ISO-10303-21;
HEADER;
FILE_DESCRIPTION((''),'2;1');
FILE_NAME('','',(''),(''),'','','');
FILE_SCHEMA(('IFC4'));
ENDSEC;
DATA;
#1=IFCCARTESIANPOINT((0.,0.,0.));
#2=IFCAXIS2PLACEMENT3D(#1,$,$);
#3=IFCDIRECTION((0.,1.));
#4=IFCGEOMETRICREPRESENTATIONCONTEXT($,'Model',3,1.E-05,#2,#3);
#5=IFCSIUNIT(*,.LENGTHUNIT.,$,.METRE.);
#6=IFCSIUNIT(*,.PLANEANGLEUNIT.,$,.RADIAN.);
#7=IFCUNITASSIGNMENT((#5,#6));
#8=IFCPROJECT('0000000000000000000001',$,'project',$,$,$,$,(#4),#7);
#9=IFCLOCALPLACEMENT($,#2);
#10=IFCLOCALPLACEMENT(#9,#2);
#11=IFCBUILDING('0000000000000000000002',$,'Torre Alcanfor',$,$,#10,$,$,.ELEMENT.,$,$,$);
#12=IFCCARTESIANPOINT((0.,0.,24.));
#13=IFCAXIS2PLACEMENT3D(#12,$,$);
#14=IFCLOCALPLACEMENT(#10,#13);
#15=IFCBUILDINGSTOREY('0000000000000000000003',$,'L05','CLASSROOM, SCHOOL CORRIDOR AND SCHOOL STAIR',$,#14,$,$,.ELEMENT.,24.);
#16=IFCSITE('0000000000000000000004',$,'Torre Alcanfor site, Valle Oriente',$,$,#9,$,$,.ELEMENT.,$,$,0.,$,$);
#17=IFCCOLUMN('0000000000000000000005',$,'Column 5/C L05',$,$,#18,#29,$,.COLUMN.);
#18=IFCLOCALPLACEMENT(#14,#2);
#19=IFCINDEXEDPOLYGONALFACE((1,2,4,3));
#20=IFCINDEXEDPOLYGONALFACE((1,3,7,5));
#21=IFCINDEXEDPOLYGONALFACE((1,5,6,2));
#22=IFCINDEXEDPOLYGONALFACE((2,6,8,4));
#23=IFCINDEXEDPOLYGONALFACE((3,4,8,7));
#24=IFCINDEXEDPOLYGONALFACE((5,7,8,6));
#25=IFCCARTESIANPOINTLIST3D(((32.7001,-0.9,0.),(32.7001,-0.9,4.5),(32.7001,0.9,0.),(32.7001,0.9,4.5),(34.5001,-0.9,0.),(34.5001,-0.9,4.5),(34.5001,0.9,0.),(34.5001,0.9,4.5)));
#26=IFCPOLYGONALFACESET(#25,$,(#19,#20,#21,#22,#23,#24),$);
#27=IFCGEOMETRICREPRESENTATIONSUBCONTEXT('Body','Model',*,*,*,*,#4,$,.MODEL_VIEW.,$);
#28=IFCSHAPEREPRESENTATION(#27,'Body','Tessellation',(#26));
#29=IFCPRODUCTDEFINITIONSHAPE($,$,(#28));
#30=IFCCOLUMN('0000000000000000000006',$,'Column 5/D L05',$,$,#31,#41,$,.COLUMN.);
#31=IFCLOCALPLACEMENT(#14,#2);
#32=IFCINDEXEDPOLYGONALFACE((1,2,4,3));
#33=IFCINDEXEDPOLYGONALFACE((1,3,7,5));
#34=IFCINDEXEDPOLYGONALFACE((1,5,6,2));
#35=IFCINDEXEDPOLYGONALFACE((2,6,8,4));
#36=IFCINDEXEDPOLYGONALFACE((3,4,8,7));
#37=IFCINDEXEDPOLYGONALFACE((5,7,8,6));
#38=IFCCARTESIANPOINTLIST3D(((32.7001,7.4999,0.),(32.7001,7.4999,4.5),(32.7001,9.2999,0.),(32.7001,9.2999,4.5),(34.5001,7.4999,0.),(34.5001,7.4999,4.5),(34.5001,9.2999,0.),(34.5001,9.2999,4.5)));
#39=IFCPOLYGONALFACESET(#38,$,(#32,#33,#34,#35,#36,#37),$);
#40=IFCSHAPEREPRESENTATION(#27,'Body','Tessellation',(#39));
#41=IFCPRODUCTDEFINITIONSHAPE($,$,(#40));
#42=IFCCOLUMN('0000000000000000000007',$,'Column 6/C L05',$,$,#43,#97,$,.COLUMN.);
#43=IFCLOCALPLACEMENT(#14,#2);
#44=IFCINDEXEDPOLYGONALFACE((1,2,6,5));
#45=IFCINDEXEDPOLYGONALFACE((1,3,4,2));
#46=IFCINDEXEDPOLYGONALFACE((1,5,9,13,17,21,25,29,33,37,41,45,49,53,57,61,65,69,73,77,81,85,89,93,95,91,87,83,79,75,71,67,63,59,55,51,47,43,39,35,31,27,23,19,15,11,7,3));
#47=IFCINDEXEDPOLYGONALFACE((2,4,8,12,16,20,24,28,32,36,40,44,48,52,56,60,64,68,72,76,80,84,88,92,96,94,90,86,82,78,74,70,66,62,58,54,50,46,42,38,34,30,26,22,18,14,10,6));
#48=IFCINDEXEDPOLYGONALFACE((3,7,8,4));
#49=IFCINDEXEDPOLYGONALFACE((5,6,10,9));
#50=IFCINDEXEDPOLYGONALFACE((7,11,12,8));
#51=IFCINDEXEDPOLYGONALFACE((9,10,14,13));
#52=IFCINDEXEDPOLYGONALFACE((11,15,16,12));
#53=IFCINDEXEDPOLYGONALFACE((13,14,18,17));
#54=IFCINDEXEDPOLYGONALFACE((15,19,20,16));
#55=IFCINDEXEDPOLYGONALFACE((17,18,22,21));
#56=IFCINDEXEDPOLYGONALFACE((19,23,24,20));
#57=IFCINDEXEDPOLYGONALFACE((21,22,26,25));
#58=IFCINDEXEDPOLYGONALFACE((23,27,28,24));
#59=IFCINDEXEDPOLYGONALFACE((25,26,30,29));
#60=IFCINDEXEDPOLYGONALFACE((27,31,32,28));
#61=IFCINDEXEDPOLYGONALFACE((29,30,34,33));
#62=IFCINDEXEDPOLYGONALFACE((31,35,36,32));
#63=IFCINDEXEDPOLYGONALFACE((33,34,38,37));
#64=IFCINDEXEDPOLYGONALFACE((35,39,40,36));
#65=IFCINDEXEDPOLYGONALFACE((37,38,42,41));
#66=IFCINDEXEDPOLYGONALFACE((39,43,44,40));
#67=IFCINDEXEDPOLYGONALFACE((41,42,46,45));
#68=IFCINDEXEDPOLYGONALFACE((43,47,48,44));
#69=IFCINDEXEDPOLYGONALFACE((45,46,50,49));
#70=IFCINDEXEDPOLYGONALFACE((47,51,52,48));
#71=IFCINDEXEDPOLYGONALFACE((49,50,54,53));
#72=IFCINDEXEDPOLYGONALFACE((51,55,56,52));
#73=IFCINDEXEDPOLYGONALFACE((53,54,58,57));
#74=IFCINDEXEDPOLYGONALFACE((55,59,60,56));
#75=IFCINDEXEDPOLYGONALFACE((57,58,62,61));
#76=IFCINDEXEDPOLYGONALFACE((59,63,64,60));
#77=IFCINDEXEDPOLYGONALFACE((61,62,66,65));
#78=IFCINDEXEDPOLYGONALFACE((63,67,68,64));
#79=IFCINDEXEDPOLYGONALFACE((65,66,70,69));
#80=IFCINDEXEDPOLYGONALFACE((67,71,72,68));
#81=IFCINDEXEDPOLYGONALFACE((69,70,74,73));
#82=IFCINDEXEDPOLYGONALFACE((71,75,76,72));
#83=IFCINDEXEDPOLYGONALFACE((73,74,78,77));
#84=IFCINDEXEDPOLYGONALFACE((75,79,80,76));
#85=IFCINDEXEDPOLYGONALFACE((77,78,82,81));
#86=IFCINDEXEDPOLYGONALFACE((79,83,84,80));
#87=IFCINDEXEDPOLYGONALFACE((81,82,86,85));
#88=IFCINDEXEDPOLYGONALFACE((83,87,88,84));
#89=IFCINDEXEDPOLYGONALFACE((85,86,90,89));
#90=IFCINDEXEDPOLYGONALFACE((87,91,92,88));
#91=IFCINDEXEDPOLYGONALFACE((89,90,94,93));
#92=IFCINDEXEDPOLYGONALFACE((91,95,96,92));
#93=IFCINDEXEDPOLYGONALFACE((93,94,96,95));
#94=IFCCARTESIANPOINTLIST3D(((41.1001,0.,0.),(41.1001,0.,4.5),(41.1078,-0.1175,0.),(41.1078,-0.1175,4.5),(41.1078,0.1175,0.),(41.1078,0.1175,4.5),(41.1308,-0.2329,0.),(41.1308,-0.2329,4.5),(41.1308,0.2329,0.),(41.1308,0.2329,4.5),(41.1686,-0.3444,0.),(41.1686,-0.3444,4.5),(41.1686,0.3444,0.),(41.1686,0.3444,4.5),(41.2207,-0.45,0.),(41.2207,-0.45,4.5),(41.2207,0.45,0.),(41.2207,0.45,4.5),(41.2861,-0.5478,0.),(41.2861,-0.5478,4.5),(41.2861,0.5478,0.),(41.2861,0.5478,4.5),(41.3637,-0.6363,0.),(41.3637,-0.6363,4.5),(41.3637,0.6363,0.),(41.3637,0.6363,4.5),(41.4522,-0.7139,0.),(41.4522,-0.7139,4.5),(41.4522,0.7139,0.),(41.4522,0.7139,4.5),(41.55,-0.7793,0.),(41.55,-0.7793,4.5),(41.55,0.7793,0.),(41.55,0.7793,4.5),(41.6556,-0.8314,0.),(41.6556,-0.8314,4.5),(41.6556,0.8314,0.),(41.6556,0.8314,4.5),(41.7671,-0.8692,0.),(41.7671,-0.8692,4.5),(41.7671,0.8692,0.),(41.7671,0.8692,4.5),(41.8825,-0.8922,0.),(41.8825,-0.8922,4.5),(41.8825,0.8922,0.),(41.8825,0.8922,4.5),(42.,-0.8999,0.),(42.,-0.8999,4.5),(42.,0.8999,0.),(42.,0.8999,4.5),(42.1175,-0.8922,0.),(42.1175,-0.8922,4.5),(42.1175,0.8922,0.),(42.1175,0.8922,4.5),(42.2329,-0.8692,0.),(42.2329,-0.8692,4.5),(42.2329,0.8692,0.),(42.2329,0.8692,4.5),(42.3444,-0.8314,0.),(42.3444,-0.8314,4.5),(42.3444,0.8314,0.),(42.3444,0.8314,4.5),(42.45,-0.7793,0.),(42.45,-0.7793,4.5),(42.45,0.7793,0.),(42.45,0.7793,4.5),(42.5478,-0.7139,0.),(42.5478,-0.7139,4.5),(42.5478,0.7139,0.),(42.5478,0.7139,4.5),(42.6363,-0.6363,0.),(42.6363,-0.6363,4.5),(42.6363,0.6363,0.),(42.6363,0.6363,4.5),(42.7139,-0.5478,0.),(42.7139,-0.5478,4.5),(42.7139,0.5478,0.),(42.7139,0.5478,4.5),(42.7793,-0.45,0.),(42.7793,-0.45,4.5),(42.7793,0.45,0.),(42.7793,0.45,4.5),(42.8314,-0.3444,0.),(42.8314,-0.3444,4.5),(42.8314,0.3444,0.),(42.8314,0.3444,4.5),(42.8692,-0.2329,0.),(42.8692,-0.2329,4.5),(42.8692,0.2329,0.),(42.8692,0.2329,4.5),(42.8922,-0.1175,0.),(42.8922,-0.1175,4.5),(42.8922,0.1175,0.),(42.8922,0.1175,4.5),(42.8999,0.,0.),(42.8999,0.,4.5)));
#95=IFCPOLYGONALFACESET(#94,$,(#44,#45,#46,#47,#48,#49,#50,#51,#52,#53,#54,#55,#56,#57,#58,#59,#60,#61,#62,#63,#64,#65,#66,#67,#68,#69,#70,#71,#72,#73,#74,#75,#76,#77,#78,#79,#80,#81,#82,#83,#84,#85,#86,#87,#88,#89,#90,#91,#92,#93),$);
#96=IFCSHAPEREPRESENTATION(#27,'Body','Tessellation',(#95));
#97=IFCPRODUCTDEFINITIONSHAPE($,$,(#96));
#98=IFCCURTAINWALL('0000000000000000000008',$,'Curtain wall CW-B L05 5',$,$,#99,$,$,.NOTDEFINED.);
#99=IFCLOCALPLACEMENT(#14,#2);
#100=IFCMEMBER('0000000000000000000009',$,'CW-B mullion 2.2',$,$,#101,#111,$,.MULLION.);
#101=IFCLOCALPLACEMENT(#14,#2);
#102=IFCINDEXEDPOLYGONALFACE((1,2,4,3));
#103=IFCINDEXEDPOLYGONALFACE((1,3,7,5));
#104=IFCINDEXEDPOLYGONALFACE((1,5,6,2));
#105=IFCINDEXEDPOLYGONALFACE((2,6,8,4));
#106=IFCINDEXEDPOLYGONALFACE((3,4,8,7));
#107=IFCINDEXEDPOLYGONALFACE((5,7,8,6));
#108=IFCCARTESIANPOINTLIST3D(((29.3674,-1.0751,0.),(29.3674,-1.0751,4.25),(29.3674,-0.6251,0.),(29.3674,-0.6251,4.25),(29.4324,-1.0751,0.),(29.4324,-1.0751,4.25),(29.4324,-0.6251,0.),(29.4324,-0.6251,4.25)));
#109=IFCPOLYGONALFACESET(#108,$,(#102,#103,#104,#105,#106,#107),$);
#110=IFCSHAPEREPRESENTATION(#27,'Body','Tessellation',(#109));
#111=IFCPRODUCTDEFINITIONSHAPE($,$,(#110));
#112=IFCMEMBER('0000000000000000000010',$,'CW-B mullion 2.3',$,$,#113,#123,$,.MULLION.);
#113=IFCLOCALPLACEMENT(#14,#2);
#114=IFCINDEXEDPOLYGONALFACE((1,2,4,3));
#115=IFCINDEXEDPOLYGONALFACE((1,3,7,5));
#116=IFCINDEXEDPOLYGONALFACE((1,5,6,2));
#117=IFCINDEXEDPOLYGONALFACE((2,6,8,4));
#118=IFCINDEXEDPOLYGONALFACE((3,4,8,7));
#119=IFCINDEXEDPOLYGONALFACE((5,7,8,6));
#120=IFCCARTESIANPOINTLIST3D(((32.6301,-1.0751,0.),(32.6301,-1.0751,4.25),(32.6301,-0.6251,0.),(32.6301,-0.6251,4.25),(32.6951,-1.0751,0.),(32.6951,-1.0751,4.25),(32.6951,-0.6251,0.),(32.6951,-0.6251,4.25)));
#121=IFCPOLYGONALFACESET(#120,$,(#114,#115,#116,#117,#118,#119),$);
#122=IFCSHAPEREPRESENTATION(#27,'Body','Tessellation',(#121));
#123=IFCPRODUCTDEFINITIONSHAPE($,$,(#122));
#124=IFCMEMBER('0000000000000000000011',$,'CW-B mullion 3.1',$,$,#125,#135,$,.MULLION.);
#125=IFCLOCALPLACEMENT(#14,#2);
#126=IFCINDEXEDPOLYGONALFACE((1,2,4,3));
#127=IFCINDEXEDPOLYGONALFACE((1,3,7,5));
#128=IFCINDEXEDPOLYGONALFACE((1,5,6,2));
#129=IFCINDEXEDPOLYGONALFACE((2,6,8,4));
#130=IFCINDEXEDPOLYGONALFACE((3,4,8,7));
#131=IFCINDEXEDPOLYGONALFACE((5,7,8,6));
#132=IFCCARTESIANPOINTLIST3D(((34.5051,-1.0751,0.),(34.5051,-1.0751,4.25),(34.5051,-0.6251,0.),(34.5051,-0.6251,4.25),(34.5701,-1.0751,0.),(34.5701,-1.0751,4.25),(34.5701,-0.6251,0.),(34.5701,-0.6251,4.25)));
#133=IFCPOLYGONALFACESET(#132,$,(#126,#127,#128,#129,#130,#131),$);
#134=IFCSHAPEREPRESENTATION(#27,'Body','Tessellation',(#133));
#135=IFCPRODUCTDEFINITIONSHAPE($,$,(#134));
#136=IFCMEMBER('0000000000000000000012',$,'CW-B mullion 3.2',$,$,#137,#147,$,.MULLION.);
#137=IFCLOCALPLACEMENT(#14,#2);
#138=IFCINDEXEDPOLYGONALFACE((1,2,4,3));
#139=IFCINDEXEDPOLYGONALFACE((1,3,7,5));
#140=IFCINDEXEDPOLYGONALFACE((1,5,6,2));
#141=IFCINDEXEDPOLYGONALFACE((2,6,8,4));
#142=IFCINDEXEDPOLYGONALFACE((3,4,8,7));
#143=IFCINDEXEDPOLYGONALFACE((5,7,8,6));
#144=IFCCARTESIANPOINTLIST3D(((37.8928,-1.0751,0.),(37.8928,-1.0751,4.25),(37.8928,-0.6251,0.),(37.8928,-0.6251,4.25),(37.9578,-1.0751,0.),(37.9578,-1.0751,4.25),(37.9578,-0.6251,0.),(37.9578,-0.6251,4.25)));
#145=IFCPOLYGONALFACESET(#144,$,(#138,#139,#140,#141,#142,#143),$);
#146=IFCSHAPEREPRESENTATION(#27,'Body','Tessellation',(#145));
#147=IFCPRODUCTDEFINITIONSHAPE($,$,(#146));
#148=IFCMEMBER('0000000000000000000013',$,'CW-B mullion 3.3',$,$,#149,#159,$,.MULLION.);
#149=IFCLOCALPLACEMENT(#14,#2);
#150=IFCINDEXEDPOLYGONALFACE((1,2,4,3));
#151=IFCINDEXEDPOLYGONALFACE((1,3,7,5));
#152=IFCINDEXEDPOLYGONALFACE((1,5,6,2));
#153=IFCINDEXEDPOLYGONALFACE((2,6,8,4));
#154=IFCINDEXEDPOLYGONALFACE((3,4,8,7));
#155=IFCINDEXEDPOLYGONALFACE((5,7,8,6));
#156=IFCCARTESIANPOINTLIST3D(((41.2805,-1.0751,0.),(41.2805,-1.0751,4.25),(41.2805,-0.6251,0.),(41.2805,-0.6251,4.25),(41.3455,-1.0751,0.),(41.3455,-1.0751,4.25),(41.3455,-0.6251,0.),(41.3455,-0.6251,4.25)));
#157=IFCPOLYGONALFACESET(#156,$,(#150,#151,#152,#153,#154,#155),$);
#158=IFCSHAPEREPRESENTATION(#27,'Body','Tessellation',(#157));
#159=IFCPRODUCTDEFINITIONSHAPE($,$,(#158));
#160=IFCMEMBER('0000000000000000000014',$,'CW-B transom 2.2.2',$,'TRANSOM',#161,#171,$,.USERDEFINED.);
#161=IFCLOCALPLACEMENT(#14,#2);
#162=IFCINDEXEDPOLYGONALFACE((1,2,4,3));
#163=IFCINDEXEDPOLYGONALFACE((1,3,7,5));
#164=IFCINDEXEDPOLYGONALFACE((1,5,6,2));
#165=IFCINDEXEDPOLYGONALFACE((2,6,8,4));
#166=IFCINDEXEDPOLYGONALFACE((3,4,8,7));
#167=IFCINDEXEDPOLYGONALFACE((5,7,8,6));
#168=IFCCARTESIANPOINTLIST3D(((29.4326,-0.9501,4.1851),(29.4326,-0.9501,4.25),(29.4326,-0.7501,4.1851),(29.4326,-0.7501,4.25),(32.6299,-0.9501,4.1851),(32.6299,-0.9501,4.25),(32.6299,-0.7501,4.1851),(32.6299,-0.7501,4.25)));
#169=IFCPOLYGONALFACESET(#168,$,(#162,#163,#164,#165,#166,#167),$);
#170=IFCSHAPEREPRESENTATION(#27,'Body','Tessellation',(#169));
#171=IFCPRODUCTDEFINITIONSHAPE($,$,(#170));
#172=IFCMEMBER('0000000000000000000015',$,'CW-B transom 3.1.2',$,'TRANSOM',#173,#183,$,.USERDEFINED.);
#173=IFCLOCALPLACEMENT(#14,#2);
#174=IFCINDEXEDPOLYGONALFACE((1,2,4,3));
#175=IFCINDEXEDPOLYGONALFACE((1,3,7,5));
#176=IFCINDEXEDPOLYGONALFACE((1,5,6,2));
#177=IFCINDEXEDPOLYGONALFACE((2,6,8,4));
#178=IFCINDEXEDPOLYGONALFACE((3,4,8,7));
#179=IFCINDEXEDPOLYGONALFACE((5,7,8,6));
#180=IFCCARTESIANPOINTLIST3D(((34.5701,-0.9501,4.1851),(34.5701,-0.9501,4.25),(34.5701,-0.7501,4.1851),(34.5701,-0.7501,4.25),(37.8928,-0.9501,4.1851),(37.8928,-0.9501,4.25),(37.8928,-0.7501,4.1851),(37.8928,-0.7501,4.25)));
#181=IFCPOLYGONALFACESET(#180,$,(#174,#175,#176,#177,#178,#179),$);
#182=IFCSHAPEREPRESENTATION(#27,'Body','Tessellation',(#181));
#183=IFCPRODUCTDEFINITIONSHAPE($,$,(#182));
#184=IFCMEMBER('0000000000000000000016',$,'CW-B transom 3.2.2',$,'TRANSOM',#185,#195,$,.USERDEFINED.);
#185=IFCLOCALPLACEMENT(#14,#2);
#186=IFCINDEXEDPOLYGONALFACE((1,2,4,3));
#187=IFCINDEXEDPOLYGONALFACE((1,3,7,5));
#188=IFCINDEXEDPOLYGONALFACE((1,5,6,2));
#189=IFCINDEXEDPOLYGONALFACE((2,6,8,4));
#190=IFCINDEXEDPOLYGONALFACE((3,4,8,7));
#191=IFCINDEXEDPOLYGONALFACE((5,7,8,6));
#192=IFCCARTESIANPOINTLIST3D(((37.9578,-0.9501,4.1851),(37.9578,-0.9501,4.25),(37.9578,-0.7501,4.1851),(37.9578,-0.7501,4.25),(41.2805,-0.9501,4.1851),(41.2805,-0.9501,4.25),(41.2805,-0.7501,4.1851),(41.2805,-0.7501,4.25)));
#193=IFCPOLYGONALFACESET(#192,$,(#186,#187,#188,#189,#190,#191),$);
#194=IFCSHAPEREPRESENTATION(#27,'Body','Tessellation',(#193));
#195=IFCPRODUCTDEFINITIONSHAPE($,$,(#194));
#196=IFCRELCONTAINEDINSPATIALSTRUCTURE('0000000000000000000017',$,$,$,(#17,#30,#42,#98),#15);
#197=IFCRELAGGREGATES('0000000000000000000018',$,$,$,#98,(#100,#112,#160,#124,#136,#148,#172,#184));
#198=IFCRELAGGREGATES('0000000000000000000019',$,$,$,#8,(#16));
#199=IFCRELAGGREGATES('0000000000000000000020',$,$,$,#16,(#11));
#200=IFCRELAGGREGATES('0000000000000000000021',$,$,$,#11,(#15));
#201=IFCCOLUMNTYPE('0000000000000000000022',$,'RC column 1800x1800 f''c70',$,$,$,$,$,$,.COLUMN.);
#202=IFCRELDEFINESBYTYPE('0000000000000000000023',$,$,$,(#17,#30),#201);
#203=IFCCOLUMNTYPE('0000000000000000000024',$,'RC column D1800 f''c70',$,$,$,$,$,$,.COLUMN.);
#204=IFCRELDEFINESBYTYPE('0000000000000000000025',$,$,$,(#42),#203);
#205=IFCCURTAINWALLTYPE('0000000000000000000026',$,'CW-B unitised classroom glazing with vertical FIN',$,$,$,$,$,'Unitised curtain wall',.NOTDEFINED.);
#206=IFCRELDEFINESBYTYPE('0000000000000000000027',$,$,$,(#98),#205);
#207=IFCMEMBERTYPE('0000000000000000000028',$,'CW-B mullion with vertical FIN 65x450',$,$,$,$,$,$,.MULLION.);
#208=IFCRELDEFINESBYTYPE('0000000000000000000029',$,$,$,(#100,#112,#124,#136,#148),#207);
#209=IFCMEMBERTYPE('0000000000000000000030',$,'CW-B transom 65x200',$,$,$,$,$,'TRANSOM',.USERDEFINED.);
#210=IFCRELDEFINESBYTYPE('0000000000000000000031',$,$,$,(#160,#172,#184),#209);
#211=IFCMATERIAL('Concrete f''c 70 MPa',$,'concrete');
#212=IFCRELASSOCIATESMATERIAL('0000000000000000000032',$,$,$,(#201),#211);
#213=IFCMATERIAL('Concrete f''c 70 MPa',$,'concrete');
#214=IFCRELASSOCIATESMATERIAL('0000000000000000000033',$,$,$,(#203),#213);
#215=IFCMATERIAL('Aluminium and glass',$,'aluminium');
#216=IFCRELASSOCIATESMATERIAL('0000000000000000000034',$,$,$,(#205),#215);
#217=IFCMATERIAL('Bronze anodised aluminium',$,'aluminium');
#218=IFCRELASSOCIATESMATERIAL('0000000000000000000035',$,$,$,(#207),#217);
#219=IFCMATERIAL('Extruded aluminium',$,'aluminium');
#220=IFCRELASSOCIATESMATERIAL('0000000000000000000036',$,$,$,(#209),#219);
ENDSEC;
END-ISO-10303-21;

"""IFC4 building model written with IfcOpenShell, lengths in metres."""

from ifc_helpers import new_model, si_unit, direction, frame, origin, origin_2d, place, context, subcontext, project, spatial, rectangle, circle, extrude, material, material_profile, profile_set, type_object, element, aggregate, save


model = new_model("IFC4")

# Units and contexts
model_context = context("Model", 3, precision=1e-05, world=origin(), true_north=direction((0.0, 1.0)))
body_context = subcontext(model_context, "Body", "Model", "MODEL_VIEW")
ifc_project = project(units=[si_unit("LENGTHUNIT", "METRE"), si_unit("PLANEANGLEUNIT", "RADIAN")], contexts=[model_context])

# Site, building, storey
site_placement = place(None, origin())
site = spatial("IfcSite", under=ifc_project, at=site_placement, Name="Torre Alcanfor site, Valle Oriente", CompositionType="ELEMENT", RefElevation=0.0)
building_placement = place(site_placement, origin())
building = spatial("IfcBuilding", under=site, at=building_placement, Name="Torre Alcanfor", CompositionType="ELEMENT")
storey_placement = place(building_placement, frame((0.0, 0.0, 24.0)))
storey = spatial("IfcBuildingStorey", under=building, at=storey_placement, Name="L05", Description="CLASSROOM, SCHOOL CORRIDOR AND SCHOOL STAIR", CompositionType="ELEMENT", Elevation=24.0)

# Columns
ifc_material_1 = material(Name="Concrete f'c 70 MPa", Category="concrete")
ifc_material_profile_1 = material_profile(ifc_material_1, rectangle(XDim=1.8, YDim=1.8, at=origin_2d()), Name="1800x1800")
ifc_profile_set_1 = profile_set([ifc_material_profile_1], Name="Concrete f'c 70 MPa")
column_type_1 = type_object("IfcColumnType", Name="RC column 1800x1800 f'c70", PredefinedType="COLUMN", material=ifc_profile_set_1)
for number, where, z_axis, x_axis, name in (
    (1, (33.6001, 0.0, 0.0), (0.0, 0.0, 1.0), (1.0, 0.0, 0.0), "Column 5/C L05"),
    (2, (33.6001, 8.3999, 0.0), (0.0, 0.0, 1.0), (1.0, 0.0, 0.0), "Column 5/D L05"),
):
    element("IfcColumn", number, at=place(storey_placement, frame(where, z_axis=z_axis, x_axis=x_axis)), inside=storey, type_object=column_type_1, Name=name, PredefinedType="COLUMN", context=body_context, shape_type="SweptSolid", body=[
        extrude(rectangle(XDim=1.8, YDim=1.8, at=origin_2d()), origin(), (0.0, 0.0, 1.0), 4.5),
    ])
ifc_material_2 = material(Name="Concrete f'c 70 MPa", Category="concrete")
ifc_material_profile_2 = material_profile(ifc_material_2, circle(Radius=0.8999, at=origin_2d()), Name="D1800")
ifc_profile_set_2 = profile_set([ifc_material_profile_2], Name="Concrete f'c 70 MPa")
column_type_2 = type_object("IfcColumnType", Name="RC column D1800 f'c70", PredefinedType="COLUMN", material=ifc_profile_set_2)
column_placement = place(storey_placement, frame((42.0, 0.0, 0.0), z_axis=(0.0, 0.0, 1.0), x_axis=(1.0, 0.0, 0.0)))
element("IfcColumn", 3, at=column_placement, inside=storey, type_object=column_type_2, Name="Column 6/C L05", PredefinedType="COLUMN", context=body_context, shape_type="SweptSolid", body=[
    extrude(circle(Radius=0.8999, at=origin_2d()), origin(), (0.0, 0.0, 1.0), 4.5),
])

# Curtain wall, members
ifc_material_3 = material(Name="Aluminium and glass", Category="aluminium")
curtain_wall_type_1 = type_object("IfcCurtainWallType", Name="CW-B unitised classroom glazing with vertical FIN", ElementType="Unitised curtain wall", PredefinedType="NOTDEFINED", material=ifc_material_3)
curtain_wall_1_placement = place(storey_placement, origin())
curtain_wall_1 = element("IfcCurtainWall", 4, at=curtain_wall_1_placement, inside=storey, type_object=curtain_wall_type_1, Name="Curtain wall CW-B L05 5", PredefinedType="NOTDEFINED")
ifc_material_4 = material(Name="Bronze anodised aluminium", Category="aluminium")
ifc_material_profile_3 = material_profile(ifc_material_4, rectangle(XDim=0.45, YDim=0.0649, at=origin_2d()), Name="CW-B mullion 65x450")
ifc_profile_set_3 = profile_set([ifc_material_profile_3], Name="Bronze anodised aluminium")
member_type_1 = type_object("IfcMemberType", Name="CW-B mullion with vertical FIN 65x450", PredefinedType="MULLION", material=ifc_profile_set_3)
member_1_placement = place(storey_placement, frame((29.3999, -0.8501, 0.0), z_axis=(0.0, 0.0, 1.0), x_axis=(0.0, 1.0, 0.0)))
member_1 = element("IfcMember", 5, at=member_1_placement, type_object=member_type_1, Name="CW-B mullion 2.2", PredefinedType="MULLION", context=body_context, shape_type="SweptSolid", body=[
    extrude(rectangle(XDim=0.45, YDim=0.0649, at=origin_2d()), origin(), (0.0, 0.0, 1.0), 4.25),
])
member_2_placement = place(storey_placement, frame((32.6626, -0.8501, 0.0), z_axis=(0.0, 0.0, 1.0), x_axis=(0.0, 1.0, 0.0)))
member_2 = element("IfcMember", 6, at=member_2_placement, type_object=member_type_1, Name="CW-B mullion 2.3", PredefinedType="MULLION", context=body_context, shape_type="SweptSolid", body=[
    extrude(rectangle(XDim=0.45, YDim=0.0649, at=origin_2d()), origin(), (0.0, 0.0, 1.0), 4.25),
])
member_3_placement = place(storey_placement, frame((34.5376, -0.8501, 0.0), z_axis=(0.0, 0.0, 1.0), x_axis=(0.0, 1.0, 0.0)))
member_3 = element("IfcMember", 7, at=member_3_placement, type_object=member_type_1, Name="CW-B mullion 3.1", PredefinedType="MULLION", context=body_context, shape_type="SweptSolid", body=[
    extrude(rectangle(XDim=0.45, YDim=0.0649, at=origin_2d()), origin(), (0.0, 0.0, 1.0), 4.25),
])
member_4_placement = place(storey_placement, frame((37.9253, -0.8501, 0.0), z_axis=(0.0, 0.0, 1.0), x_axis=(0.0, 1.0, 0.0)))
member_4 = element("IfcMember", 8, at=member_4_placement, type_object=member_type_1, Name="CW-B mullion 3.2", PredefinedType="MULLION", context=body_context, shape_type="SweptSolid", body=[
    extrude(rectangle(XDim=0.45, YDim=0.0649, at=origin_2d()), origin(), (0.0, 0.0, 1.0), 4.25),
])
member_5_placement = place(storey_placement, frame((41.313, -0.8501, 0.0), z_axis=(0.0, 0.0, 1.0), x_axis=(0.0, 1.0, 0.0)))
member_5 = element("IfcMember", 9, at=member_5_placement, type_object=member_type_1, Name="CW-B mullion 3.3", PredefinedType="MULLION", context=body_context, shape_type="SweptSolid", body=[
    extrude(rectangle(XDim=0.45, YDim=0.0649, at=origin_2d()), origin(), (0.0, 0.0, 1.0), 4.25),
])
ifc_material_5 = material(Name="Extruded aluminium", Category="aluminium")
ifc_material_profile_4 = material_profile(ifc_material_5, rectangle(XDim=0.2, YDim=0.0649, at=origin_2d()), Name="CW-B transom 200x65")
ifc_profile_set_4 = profile_set([ifc_material_profile_4], Name="Extruded aluminium")
member_type_2 = type_object("IfcMemberType", Name="CW-B transom 65x200", ElementType="TRANSOM", PredefinedType="USERDEFINED", material=ifc_profile_set_4)
member_6_placement = place(storey_placement, frame((29.4326, -0.8501, 4.2175), z_axis=(1.0, 0.0, 0.0), x_axis=(0.0, 1.0, 0.0)))
member_6 = element("IfcMember", 10, at=member_6_placement, type_object=member_type_2, Name="CW-B transom 2.2.2", ObjectType="TRANSOM", PredefinedType="USERDEFINED", context=body_context, shape_type="SweptSolid", body=[
    extrude(rectangle(XDim=0.2, YDim=0.0649, at=origin_2d()), origin(), (0.0, 0.0, 1.0), 3.1973),
])
member_7_placement = place(storey_placement, frame((34.5701, -0.8501, 4.2175), z_axis=(1.0, 0.0, 0.0), x_axis=(0.0, 1.0, 0.0)))
member_7 = element("IfcMember", 11, at=member_7_placement, type_object=member_type_2, Name="CW-B transom 3.1.2", ObjectType="TRANSOM", PredefinedType="USERDEFINED", context=body_context, shape_type="SweptSolid", body=[
    extrude(rectangle(XDim=0.2, YDim=0.0649, at=origin_2d()), origin(), (0.0, 0.0, 1.0), 3.3228),
])
member_8_placement = place(storey_placement, frame((37.9578, -0.8501, 4.2175), z_axis=(1.0, 0.0, 0.0), x_axis=(0.0, 1.0, 0.0)))
member_8 = element("IfcMember", 12, at=member_8_placement, type_object=member_type_2, Name="CW-B transom 3.2.2", ObjectType="TRANSOM", PredefinedType="USERDEFINED", context=body_context, shape_type="SweptSolid", body=[
    extrude(rectangle(XDim=0.2, YDim=0.0649, at=origin_2d()), origin(), (0.0, 0.0, 1.0), 3.3228),
])

aggregate(curtain_wall_1, [member_1, member_2, member_6, member_3, member_4, member_5, member_7, member_8])

save(model, "model.ifc")
